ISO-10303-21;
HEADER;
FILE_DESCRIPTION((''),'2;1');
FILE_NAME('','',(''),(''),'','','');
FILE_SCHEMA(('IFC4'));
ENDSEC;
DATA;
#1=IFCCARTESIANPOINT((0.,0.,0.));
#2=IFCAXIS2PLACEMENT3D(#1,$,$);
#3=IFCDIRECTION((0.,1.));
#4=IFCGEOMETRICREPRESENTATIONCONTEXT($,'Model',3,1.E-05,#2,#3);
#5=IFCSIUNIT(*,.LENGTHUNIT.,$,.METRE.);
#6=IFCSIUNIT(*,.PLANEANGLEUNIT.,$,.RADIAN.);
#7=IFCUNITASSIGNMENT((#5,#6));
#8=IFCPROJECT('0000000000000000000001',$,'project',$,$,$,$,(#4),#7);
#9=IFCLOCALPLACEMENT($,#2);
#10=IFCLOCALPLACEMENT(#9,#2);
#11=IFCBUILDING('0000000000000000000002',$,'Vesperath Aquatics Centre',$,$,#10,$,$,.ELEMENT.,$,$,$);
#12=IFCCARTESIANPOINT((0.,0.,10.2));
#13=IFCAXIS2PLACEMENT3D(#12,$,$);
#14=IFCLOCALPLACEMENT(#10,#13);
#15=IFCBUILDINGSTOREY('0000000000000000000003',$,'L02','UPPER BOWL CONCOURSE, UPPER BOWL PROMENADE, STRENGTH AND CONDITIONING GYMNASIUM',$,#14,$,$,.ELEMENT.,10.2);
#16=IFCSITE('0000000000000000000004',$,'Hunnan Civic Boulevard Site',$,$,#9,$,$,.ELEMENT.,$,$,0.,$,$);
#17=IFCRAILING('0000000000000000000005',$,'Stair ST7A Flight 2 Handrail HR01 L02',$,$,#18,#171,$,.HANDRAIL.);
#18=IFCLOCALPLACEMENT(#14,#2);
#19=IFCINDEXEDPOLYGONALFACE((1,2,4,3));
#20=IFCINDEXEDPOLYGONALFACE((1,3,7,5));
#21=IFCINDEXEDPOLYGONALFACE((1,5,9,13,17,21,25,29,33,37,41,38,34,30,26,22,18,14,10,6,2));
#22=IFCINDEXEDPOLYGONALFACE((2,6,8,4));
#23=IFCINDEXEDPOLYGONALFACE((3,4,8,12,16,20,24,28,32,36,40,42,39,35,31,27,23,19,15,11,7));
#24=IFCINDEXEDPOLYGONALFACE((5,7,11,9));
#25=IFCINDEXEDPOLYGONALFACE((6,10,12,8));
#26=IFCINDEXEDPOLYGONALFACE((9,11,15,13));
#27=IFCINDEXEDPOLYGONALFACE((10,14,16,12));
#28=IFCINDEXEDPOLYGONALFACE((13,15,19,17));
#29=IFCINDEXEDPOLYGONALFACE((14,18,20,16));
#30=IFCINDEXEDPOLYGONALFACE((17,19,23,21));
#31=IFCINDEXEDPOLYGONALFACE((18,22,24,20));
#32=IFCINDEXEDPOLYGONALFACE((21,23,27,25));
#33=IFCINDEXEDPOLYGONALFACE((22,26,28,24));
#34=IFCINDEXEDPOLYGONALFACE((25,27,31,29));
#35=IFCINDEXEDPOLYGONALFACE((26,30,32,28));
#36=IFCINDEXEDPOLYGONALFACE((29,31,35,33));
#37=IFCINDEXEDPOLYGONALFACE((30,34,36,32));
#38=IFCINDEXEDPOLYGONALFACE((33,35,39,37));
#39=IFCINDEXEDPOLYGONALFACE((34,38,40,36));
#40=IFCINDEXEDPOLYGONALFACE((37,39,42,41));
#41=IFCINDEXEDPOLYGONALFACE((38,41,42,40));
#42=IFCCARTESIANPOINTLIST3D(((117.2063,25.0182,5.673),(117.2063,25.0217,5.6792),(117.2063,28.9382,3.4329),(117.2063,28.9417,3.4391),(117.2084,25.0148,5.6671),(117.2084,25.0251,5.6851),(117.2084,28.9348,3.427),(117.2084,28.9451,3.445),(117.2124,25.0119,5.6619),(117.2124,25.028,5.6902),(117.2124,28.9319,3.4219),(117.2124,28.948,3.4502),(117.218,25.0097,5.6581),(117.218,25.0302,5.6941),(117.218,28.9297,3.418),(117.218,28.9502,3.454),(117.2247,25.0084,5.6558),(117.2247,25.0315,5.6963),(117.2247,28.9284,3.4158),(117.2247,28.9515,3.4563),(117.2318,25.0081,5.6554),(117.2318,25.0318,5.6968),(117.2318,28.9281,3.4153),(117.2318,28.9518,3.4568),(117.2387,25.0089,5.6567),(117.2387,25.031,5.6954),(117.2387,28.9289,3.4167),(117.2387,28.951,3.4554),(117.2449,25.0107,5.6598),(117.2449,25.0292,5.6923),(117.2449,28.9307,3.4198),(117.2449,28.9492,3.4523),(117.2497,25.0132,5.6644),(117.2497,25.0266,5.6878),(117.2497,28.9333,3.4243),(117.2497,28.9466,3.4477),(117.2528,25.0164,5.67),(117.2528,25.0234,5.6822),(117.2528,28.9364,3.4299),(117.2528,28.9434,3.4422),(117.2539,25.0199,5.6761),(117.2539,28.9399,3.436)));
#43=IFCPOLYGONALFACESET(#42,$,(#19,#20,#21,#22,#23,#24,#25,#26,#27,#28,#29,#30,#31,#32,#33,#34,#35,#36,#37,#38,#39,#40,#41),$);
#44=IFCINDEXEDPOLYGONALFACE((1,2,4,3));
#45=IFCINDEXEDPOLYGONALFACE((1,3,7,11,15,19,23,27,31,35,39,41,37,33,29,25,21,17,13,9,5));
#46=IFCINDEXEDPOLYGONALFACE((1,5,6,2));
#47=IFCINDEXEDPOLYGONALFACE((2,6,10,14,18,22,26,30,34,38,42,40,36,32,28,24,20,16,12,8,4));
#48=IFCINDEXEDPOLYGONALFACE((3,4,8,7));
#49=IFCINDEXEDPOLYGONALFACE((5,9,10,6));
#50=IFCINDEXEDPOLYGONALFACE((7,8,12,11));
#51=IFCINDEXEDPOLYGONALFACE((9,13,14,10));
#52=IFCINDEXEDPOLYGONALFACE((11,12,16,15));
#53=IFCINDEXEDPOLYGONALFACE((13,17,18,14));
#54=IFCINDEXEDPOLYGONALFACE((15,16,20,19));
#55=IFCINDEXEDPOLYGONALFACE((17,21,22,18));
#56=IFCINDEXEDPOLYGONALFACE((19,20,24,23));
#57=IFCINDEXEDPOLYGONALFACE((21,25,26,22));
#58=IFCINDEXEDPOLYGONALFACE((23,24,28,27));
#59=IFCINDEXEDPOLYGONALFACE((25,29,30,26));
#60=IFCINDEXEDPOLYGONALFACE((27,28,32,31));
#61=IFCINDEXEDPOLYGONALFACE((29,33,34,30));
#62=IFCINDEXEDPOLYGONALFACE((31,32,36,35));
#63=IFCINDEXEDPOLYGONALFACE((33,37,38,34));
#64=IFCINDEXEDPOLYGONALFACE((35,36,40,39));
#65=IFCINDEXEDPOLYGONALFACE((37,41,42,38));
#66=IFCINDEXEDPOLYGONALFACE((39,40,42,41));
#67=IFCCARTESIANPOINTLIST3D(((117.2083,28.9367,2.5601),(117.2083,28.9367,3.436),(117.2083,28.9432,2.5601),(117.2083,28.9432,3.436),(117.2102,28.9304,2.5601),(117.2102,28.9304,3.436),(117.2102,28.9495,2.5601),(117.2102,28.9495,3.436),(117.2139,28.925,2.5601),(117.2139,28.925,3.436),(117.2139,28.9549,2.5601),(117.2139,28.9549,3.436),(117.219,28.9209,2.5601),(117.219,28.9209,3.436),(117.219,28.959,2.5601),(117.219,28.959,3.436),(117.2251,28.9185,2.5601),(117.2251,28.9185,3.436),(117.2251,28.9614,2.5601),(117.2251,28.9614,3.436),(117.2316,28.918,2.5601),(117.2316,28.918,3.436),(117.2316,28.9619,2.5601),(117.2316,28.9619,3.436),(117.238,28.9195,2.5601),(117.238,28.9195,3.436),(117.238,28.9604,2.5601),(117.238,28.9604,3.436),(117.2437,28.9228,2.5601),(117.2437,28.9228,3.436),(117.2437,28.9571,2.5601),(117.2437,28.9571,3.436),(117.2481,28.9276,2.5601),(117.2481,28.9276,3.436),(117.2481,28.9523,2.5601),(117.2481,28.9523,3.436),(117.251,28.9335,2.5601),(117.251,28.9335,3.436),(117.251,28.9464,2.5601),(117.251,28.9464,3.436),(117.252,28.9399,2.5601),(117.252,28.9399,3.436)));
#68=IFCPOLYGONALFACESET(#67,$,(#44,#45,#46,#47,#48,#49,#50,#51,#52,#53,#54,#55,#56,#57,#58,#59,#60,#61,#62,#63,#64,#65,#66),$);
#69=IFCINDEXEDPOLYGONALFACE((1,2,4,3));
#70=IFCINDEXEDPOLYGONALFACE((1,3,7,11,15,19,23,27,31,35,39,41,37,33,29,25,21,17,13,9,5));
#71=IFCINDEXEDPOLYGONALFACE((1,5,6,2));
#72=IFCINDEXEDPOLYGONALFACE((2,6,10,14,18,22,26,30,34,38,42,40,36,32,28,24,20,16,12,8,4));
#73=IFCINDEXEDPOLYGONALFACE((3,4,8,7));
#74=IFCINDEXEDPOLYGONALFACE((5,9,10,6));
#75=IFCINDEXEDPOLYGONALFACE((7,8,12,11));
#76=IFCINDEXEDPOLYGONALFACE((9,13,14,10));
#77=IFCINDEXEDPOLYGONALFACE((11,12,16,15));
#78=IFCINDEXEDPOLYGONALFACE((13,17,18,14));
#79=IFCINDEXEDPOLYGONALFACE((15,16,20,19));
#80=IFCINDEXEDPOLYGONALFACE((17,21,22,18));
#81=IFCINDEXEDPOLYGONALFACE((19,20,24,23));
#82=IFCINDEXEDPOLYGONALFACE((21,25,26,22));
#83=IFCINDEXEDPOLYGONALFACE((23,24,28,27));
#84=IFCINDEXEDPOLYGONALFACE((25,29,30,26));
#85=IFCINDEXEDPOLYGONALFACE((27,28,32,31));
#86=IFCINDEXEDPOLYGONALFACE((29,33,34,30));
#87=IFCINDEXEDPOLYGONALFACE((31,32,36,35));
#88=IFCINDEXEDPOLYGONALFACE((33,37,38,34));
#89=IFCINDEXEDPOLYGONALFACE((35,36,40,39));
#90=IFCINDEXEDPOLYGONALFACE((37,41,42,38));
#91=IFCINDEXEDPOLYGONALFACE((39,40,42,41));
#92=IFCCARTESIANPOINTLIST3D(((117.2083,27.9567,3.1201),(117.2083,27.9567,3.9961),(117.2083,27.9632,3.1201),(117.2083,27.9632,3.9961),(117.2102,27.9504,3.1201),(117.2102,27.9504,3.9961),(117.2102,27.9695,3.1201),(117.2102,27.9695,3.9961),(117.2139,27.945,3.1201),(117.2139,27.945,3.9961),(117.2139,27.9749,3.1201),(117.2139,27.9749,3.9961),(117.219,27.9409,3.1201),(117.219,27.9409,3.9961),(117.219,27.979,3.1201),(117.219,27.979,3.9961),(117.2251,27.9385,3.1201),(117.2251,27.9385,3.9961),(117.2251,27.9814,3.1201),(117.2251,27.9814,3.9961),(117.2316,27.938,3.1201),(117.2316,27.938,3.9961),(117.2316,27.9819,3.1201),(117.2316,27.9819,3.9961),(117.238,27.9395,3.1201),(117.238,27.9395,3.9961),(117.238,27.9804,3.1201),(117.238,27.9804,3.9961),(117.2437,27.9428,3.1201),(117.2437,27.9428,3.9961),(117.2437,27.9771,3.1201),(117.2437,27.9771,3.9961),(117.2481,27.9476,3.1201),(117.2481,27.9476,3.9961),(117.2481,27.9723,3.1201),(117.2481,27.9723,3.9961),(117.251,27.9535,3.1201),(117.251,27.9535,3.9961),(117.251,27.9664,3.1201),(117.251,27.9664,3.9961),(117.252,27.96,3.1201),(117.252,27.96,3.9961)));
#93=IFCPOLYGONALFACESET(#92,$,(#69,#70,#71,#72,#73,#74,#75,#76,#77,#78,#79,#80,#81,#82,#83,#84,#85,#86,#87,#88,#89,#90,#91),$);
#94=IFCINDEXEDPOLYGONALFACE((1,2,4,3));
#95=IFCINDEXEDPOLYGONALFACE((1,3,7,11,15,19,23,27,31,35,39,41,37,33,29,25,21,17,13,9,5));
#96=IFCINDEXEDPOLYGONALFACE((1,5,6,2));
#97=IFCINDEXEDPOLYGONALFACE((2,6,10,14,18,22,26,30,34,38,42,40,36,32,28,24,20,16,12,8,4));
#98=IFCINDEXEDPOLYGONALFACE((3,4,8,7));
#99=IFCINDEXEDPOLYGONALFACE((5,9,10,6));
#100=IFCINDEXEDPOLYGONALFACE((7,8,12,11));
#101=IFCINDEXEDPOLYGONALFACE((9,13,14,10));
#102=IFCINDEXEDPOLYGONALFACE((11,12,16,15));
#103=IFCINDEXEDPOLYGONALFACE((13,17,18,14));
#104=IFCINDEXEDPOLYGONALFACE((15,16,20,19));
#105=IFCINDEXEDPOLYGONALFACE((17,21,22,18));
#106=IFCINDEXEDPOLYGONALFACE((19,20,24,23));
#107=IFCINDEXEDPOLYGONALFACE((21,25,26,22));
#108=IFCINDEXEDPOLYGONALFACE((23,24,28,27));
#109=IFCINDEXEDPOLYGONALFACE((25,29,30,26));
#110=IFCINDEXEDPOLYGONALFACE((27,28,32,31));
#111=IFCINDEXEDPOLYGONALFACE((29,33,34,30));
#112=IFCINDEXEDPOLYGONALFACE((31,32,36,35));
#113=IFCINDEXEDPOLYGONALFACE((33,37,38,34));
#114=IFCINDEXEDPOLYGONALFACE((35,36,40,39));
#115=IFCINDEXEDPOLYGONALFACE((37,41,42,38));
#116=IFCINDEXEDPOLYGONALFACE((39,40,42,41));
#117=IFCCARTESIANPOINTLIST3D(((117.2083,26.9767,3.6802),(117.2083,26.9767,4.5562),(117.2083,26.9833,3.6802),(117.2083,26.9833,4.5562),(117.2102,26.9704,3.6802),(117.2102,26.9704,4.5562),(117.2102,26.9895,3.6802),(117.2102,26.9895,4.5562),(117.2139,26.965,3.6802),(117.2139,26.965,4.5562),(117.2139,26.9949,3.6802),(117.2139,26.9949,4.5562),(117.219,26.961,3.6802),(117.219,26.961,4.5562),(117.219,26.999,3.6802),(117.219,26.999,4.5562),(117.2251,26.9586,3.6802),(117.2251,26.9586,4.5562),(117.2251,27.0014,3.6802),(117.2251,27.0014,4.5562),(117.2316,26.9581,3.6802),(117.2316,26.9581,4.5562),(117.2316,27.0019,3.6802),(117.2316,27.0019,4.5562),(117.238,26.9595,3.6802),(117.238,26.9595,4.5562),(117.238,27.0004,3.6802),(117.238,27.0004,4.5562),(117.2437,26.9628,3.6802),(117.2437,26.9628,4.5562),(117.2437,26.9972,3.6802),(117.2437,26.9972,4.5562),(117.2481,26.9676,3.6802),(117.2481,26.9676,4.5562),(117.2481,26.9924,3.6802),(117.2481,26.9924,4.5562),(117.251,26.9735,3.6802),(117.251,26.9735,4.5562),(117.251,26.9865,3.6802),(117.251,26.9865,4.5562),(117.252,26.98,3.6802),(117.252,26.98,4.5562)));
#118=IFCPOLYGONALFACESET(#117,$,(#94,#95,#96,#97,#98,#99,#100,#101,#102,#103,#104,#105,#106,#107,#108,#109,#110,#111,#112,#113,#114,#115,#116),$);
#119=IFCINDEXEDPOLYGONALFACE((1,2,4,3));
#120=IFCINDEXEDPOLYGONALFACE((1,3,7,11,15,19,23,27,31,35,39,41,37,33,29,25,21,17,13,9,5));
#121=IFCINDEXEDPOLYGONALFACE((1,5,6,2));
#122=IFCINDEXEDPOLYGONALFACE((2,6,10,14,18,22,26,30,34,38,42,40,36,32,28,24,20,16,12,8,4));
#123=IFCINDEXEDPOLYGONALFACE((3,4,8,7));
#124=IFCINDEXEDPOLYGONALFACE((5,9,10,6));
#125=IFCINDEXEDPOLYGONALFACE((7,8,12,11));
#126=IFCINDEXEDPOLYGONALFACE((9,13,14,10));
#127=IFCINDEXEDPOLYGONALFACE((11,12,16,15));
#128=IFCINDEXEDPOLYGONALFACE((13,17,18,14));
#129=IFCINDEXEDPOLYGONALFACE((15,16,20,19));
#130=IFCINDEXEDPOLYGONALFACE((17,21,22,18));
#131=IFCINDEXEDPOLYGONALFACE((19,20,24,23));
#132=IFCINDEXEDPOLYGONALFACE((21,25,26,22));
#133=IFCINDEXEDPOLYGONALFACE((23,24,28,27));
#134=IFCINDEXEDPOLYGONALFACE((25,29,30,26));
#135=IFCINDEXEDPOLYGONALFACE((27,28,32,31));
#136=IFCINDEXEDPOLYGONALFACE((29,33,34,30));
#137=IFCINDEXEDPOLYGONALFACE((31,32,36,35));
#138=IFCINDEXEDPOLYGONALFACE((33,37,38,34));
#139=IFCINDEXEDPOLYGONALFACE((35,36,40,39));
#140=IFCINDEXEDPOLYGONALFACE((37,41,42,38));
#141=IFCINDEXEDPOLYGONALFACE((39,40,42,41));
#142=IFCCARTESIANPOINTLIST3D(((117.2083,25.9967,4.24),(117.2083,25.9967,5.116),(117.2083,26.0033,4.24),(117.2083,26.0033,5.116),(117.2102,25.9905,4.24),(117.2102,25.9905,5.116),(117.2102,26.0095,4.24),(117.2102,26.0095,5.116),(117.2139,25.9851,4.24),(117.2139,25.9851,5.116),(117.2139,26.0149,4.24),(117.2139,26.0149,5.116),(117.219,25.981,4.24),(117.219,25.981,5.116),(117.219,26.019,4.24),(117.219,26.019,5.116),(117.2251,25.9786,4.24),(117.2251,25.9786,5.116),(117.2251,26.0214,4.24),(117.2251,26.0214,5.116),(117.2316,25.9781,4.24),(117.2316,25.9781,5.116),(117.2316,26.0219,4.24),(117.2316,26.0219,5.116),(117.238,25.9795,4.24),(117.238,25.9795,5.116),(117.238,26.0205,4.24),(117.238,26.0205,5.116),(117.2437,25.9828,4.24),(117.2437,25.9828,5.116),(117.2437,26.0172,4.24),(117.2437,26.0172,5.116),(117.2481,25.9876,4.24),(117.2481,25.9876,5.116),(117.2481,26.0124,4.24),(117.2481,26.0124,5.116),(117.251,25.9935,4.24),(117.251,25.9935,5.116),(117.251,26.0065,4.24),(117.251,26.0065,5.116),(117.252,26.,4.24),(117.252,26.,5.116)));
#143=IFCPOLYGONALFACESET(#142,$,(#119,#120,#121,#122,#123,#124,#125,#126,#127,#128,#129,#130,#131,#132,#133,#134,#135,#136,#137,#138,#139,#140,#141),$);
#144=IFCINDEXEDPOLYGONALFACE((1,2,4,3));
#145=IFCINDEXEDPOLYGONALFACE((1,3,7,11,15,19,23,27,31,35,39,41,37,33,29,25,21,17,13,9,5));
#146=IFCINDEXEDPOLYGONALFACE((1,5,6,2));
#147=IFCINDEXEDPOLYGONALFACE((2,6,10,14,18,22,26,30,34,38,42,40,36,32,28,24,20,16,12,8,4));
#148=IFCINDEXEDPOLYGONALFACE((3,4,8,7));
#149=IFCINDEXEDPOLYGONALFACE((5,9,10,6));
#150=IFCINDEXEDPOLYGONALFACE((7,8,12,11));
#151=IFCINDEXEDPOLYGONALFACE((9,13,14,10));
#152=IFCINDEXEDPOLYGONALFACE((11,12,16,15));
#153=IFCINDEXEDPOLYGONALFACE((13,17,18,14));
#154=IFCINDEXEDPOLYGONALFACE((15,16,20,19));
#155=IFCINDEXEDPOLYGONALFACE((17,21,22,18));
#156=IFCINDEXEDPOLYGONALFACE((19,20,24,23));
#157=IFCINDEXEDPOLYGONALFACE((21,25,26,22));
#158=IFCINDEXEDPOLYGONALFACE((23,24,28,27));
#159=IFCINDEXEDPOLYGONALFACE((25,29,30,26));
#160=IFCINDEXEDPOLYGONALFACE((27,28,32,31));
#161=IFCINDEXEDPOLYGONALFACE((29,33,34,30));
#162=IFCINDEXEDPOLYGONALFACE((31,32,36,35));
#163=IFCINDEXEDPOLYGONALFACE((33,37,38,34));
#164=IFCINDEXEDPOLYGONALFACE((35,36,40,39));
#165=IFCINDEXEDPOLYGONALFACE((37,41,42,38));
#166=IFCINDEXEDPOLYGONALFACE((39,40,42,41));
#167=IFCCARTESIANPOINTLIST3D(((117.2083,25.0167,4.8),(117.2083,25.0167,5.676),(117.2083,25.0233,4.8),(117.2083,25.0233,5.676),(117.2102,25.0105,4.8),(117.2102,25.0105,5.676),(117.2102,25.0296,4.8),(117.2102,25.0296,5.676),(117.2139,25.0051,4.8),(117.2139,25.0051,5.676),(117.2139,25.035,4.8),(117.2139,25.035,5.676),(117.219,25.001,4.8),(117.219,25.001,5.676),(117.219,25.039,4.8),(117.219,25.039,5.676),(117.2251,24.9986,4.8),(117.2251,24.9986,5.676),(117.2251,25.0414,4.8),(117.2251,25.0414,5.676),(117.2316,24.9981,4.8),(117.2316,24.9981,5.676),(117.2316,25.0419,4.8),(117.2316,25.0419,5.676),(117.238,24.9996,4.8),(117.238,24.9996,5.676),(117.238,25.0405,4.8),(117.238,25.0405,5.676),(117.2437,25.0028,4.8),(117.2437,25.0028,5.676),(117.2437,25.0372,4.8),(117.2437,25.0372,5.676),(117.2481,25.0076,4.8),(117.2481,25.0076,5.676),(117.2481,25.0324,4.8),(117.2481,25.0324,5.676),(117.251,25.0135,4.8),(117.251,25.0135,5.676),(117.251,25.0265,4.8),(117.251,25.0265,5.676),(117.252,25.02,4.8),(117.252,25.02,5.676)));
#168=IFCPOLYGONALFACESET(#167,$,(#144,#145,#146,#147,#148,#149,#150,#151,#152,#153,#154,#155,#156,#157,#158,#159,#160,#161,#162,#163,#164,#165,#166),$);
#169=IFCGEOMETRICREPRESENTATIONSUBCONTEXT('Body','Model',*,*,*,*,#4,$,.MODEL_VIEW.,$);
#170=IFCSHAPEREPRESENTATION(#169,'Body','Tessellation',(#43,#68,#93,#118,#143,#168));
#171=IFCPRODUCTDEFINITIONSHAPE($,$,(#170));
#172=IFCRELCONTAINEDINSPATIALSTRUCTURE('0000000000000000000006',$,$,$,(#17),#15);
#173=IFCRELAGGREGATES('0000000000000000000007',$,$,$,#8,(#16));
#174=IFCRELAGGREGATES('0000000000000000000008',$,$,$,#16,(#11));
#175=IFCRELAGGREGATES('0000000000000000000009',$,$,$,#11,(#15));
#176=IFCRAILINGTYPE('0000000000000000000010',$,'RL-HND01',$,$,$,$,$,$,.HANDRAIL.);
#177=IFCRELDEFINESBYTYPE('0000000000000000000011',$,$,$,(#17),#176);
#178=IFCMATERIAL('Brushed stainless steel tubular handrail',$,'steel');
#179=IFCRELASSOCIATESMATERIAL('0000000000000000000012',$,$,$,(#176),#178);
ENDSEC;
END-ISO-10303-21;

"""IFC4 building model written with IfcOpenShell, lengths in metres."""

from ifc_helpers import new_model, si_unit, direction, frame, origin, origin_2d, place, context, subcontext, project, spatial, circle, extrude, material, type_object, element, save


model = new_model("IFC4")

# Units and contexts
model_context = context("Model", 3, precision=1e-05, world=origin(), true_north=direction((0.0, 1.0)))
body_context = subcontext(model_context, "Body", "Model", "MODEL_VIEW")
ifc_project = project(units=[si_unit("LENGTHUNIT", "METRE"), si_unit("PLANEANGLEUNIT", "RADIAN")], contexts=[model_context])

# Site, building, storey
site_placement = place(None, origin())
site = spatial("IfcSite", under=ifc_project, at=site_placement, Name="Hunnan Civic Boulevard Site", CompositionType="ELEMENT", RefElevation=0.0)
building_placement = place(site_placement, origin())
building = spatial("IfcBuilding", under=site, at=building_placement, Name="Vesperath Aquatics Centre", CompositionType="ELEMENT")
storey_placement = place(building_placement, frame((0.0, 0.0, 10.2)))
storey = spatial("IfcBuildingStorey", under=building, at=storey_placement, Name="L02", Description="UPPER BOWL CONCOURSE, UPPER BOWL PROMENADE, STRENGTH AND CONDITIONING GYMNASIUM", CompositionType="ELEMENT", Elevation=10.2)

# Railing
ifc_material_1 = material(Name="Brushed stainless steel tubular handrail", Category="steel")
railing_type_1 = type_object("IfcRailingType", Name="RL-HND01", PredefinedType="HANDRAIL", material=ifc_material_1)
railing_1_placement = place(storey_placement, frame((117.23, 28.9399, 2.5601)))
element("IfcRailing", 1, at=railing_1_placement, inside=storey, type_object=railing_type_1, Name="Stair ST7A Flight 2 Handrail HR01 L02", PredefinedType="HANDRAIL", context=body_context, shape_type="SweptSolid", body=[
    extrude(circle(Radius=0.0239, at=origin_2d()), frame((0.0, 0.0, 0.876), z_axis=(0.0, -0.86824, 0.496145), x_axis=(1.0, 0.0, 0.0)), (0.0, 0.0, 1.0), 4.5149),
    extrude(circle(Radius=0.022, at=origin_2d()), origin(), (0.0, 0.0, 1.0), 0.876),
    extrude(circle(Radius=0.022, at=origin_2d()), frame((0.0, -0.98, 0.5601)), (0.0, 0.0, 1.0), 0.876),
    extrude(circle(Radius=0.022, at=origin_2d()), frame((0.0, -1.96, 1.1201)), (0.0, 0.0, 1.0), 0.876),
    extrude(circle(Radius=0.022, at=origin_2d()), frame((0.0, -2.9399, 1.6799)), (0.0, 0.0, 1.0), 0.876),
    extrude(circle(Radius=0.022, at=origin_2d()), frame((0.0, -3.9199, 2.24)), (0.0, 0.0, 1.0), 0.876),
])

save(model, "model.ifc")
